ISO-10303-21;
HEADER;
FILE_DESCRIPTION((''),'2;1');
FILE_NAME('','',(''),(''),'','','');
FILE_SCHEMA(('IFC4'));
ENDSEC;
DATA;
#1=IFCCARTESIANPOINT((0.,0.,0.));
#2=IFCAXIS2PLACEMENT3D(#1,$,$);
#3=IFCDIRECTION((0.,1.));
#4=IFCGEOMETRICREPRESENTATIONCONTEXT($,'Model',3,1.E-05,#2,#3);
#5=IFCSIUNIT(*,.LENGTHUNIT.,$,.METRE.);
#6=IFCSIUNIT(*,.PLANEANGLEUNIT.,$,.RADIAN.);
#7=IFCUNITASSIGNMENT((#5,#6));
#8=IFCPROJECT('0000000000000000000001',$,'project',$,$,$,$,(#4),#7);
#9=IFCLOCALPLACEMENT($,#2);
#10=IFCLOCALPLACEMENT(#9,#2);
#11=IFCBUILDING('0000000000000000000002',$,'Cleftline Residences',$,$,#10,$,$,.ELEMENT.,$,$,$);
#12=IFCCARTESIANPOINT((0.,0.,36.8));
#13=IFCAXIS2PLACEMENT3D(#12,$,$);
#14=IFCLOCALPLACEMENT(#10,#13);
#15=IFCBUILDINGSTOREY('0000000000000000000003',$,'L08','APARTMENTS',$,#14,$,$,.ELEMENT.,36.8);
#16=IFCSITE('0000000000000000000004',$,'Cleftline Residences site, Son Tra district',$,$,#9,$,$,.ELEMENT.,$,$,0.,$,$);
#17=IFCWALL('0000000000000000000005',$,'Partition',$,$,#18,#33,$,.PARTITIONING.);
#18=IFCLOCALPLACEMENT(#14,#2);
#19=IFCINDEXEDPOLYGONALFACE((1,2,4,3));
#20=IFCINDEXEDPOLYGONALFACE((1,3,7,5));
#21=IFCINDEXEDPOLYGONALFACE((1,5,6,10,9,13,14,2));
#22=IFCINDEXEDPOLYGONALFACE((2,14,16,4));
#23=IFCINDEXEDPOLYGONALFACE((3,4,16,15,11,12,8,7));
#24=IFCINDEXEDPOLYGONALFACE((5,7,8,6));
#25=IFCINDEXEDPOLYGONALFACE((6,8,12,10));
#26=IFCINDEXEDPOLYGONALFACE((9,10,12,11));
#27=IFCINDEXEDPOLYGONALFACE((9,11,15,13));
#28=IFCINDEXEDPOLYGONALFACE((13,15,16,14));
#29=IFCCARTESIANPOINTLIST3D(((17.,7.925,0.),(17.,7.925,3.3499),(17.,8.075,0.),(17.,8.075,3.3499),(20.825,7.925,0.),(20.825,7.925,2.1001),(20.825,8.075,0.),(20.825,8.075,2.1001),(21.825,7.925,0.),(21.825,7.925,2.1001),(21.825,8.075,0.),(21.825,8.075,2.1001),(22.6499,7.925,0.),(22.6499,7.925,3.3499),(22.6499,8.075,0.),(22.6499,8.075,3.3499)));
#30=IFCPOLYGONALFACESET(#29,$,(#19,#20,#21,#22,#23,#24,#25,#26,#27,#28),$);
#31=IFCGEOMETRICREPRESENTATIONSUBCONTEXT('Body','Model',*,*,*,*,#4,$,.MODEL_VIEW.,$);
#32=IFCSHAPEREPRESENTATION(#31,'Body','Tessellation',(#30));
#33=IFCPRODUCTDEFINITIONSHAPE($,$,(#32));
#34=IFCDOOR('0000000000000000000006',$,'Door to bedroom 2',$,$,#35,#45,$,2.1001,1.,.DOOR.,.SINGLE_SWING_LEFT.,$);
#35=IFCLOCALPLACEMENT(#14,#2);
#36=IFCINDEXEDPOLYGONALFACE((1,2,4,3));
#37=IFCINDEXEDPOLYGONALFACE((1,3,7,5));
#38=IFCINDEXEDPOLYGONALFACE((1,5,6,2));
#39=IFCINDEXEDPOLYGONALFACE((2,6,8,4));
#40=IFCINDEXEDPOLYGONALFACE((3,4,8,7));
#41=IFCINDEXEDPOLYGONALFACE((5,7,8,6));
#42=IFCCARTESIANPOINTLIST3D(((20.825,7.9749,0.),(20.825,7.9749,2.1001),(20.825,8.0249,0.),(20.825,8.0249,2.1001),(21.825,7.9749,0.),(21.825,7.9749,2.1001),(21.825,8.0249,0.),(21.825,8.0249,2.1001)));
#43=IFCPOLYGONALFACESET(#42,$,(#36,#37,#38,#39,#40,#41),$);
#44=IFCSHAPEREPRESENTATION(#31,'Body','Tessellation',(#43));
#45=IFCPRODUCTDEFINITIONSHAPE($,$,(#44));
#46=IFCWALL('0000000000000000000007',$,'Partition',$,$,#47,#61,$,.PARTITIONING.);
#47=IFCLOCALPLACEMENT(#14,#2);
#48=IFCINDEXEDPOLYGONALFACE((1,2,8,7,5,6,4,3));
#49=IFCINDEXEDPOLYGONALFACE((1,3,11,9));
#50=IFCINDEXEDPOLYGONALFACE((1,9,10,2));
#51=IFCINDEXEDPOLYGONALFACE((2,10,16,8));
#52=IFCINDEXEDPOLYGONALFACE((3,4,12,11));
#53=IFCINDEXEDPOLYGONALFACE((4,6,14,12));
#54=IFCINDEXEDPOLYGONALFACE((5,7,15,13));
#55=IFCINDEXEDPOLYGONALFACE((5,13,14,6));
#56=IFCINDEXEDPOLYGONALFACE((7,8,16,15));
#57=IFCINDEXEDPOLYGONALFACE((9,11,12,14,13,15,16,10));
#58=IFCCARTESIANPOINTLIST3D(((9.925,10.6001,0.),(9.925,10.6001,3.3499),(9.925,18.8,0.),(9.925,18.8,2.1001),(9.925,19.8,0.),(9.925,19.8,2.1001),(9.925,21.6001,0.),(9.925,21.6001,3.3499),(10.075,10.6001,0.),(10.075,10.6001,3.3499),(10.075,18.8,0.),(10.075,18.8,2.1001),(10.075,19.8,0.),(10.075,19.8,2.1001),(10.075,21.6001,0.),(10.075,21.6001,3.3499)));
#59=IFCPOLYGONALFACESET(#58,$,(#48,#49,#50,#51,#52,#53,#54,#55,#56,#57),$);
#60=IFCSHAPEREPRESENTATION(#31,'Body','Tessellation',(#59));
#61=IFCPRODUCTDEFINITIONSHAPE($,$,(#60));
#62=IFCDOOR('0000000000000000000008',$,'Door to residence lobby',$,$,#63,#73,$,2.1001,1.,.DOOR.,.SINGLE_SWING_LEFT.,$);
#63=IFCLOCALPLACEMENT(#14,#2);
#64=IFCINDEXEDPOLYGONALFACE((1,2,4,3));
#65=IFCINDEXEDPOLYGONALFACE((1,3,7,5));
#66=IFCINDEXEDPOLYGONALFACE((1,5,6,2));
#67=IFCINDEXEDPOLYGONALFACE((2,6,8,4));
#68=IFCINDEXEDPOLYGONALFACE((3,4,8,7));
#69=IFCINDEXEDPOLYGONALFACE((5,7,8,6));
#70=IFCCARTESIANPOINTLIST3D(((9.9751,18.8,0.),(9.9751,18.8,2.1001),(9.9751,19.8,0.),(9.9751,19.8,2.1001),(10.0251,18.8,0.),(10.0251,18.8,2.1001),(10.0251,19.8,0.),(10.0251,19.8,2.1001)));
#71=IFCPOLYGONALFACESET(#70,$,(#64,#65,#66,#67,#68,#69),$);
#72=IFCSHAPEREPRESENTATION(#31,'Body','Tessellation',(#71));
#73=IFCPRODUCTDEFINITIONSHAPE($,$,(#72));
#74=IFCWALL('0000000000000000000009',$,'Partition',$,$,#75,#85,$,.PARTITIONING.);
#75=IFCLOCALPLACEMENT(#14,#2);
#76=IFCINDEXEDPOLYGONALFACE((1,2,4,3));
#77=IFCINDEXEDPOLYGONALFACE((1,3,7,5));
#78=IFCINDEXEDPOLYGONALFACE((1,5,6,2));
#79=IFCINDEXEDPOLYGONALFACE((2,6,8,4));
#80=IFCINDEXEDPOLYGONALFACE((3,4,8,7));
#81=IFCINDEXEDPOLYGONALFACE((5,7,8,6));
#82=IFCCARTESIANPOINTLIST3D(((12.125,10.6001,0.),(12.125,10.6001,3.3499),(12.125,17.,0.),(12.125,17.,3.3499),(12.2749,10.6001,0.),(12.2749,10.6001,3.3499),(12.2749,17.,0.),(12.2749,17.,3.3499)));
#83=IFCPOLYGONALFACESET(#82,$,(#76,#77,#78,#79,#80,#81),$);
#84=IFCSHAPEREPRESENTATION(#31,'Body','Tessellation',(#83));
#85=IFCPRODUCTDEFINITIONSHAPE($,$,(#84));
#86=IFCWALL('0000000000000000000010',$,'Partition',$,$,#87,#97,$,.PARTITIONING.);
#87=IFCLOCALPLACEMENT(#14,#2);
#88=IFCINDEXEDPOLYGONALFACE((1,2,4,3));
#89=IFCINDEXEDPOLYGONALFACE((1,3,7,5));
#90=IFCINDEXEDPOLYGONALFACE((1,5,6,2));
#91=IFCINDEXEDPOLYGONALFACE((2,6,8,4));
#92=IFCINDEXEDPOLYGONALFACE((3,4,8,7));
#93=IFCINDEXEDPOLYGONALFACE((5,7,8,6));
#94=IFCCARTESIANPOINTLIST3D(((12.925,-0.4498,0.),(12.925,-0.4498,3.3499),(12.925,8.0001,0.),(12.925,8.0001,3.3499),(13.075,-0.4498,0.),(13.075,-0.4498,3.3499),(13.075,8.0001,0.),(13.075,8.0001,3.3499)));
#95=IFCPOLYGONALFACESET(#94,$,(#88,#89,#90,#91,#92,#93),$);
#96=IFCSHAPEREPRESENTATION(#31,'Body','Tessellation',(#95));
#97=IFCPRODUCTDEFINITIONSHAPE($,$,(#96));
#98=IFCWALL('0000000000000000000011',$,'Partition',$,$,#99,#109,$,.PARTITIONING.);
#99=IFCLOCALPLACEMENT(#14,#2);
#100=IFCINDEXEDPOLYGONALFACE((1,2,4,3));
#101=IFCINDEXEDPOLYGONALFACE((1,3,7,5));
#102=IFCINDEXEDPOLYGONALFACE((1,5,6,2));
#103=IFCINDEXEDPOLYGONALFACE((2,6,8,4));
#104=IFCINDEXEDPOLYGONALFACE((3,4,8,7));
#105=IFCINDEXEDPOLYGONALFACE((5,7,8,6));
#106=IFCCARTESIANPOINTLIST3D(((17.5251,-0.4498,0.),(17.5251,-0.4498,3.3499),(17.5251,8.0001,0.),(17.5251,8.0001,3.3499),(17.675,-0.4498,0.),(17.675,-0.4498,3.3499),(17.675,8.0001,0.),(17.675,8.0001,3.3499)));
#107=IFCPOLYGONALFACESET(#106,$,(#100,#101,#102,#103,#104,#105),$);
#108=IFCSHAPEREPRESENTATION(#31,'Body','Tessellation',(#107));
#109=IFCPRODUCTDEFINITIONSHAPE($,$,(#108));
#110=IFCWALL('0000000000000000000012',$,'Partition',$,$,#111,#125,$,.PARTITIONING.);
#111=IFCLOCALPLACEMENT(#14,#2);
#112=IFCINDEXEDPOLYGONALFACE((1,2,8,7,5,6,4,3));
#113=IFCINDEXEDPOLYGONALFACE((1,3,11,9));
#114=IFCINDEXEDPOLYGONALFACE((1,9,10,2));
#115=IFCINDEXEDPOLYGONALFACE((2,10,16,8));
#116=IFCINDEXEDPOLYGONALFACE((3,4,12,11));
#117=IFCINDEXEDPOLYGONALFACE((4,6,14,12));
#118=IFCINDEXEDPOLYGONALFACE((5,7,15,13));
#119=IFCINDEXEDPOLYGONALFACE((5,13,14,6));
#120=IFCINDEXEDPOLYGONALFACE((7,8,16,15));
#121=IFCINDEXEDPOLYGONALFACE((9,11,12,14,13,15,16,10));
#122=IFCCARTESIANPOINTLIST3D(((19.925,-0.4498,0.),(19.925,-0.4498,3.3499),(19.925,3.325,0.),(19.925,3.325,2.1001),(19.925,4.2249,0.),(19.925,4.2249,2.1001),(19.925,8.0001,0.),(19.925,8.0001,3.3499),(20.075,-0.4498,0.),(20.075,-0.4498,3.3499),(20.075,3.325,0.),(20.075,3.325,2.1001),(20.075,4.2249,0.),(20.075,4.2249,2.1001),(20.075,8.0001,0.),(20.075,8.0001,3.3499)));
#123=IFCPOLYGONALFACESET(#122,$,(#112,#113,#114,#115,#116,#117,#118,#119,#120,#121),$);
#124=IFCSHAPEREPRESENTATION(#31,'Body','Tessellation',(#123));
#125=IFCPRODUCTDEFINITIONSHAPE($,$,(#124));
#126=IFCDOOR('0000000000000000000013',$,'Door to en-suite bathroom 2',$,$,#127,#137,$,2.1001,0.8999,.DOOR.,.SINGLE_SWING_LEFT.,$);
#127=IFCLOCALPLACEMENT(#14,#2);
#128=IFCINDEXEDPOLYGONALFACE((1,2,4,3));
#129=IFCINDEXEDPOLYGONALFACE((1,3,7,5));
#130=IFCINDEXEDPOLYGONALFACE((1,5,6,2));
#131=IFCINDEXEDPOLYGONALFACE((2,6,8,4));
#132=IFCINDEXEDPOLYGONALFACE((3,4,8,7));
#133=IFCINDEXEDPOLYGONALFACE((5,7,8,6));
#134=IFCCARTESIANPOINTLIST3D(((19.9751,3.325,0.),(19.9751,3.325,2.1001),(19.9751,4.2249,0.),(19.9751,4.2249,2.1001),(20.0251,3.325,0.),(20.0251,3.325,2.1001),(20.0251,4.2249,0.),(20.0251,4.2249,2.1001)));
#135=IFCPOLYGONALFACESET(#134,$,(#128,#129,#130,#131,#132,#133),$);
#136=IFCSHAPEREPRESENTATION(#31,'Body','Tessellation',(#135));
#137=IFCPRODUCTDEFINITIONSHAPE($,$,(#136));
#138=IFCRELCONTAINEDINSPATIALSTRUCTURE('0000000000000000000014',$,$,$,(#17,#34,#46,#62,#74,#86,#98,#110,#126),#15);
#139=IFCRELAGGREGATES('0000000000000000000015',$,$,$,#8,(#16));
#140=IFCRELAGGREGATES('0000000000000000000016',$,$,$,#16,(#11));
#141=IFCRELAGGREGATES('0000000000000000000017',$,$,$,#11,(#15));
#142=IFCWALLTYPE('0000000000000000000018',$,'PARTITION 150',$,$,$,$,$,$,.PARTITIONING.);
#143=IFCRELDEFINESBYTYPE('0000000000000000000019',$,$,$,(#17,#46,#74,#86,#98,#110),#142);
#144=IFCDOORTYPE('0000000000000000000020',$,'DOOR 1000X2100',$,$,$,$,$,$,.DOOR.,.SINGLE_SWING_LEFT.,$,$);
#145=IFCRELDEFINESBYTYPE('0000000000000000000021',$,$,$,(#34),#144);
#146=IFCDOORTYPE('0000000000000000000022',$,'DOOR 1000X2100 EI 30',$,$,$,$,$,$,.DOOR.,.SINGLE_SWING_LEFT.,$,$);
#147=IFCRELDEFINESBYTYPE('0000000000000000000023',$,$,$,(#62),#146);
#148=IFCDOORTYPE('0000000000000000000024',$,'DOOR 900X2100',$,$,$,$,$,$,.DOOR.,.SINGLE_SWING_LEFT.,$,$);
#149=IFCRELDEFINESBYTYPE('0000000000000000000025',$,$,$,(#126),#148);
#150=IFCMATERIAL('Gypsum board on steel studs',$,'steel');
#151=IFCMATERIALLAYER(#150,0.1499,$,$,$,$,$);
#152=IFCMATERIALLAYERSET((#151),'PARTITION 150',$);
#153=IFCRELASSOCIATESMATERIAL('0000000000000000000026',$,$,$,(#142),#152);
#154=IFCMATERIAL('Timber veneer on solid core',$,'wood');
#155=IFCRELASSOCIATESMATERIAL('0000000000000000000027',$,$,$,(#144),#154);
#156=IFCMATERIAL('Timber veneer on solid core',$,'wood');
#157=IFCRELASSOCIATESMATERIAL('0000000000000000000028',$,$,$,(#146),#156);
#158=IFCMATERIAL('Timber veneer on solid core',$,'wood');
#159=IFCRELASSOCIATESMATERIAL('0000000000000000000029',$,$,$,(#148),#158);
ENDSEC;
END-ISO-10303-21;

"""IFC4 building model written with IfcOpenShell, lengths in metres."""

from ifc_helpers import new_model, si_unit, direction, frame, frame_2d, origin, place, context, subcontext, project, spatial, rectangle, extrude, material, layer, layer_set, type_object, element, fill, save


model = new_model("IFC4")

# Units and contexts
model_context = context("Model", 3, precision=1e-05, world=origin(), true_north=direction((0.0, 1.0)))
body_context = subcontext(model_context, "Body", "Model", "MODEL_VIEW")
ifc_project = project(units=[si_unit("LENGTHUNIT", "METRE"), si_unit("PLANEANGLEUNIT", "RADIAN")], contexts=[model_context])

# Site, building, storey
site_placement = place(None, origin())
site = spatial("IfcSite", under=ifc_project, at=site_placement, Name="Cleftline Residences site, Son Tra district", CompositionType="ELEMENT", RefElevation=0.0)
building_placement = place(site_placement, origin())
building = spatial("IfcBuilding", under=site, at=building_placement, Name="Cleftline Residences", CompositionType="ELEMENT")
storey_placement = place(building_placement, frame((0.0, 0.0, 36.8)))
storey = spatial("IfcBuildingStorey", under=building, at=storey_placement, Name="L08", Description="APARTMENTS", CompositionType="ELEMENT", Elevation=36.8)

# Shared definitions
ifc_material_1 = material(Name="Gypsum board on steel studs", Category="steel")
ifc_layer_1 = layer(ifc_material_1, 0.1499)
ifc_layer_set_1 = layer_set([ifc_layer_1], Name="PARTITION 150")
wall_type = type_object("IfcWallType", Name="PARTITION 150", PredefinedType="PARTITIONING", material=ifc_layer_set_1)
ifc_material_2 = material(Name="Timber veneer on solid core", Category="wood")
door_type_1 = type_object("IfcDoorType", Name="DOOR 1000X2100", OperationType="SINGLE_SWING_LEFT", PredefinedType="DOOR", material=ifc_material_2)

# Walls, openings, doors
wall_1_placement = place(storey_placement, frame((17.0, 8.0, 0.0), z_axis=(0.0, 0.0, 1.0), x_axis=(1.0, 0.0, 0.0)))
wall_1 = element("IfcWall", 1, at=wall_1_placement, inside=storey, type_object=wall_type, Name="Partition", PredefinedType="PARTITIONING", context=body_context, shape_type="SweptSolid", body=[
    extrude(rectangle(XDim=5.6499, YDim=0.1499, at=frame_2d((2.825, 0.0))), origin(), (0.0, 0.0, 1.0), 3.3499),
])
opening_1_placement = place(wall_1_placement, frame((3.825, 0.0, 0.0)))
opening_1 = element("IfcOpeningElement", 2, at=opening_1_placement, cuts=wall_1, PredefinedType="OPENING", context=body_context, shape_type="SweptSolid", body=[
    extrude(rectangle(XDim=1.0, YDim=2.1001, at=frame_2d((0.5, 1.05))), frame((0.0, 0.085, 0.0), z_axis=(0.0, -1.0, 0.0), x_axis=(1.0, 0.0, 0.0)), (0.0, 0.0, 1.0), 0.1699),
])
door_1_placement = place(opening_1_placement, origin())
door_1 = element("IfcDoor", 3, at=door_1_placement, inside=storey, type_object=door_type_1, Name="Door to bedroom 2", OperationType="SINGLE_SWING_LEFT", OverallHeight=2.1001, OverallWidth=1.0, PredefinedType="DOOR", context=body_context, shape_type="SweptSolid", body=[
    extrude(rectangle(XDim=1.0, YDim=2.1001, at=frame_2d((0.5, 1.05))), frame((0.0, 0.0249, 0.0), z_axis=(0.0, -1.0, 0.0), x_axis=(1.0, 0.0, 0.0)), (0.0, 0.0, 1.0), 0.05),
])
fill(opening_1, door_1)
wall_2_placement = place(storey_placement, frame((10.0, 10.6001, 0.0), z_axis=(0.0, 0.0, 1.0), x_axis=(0.0, 1.0, 0.0)))
wall_2 = element("IfcWall", 4, at=wall_2_placement, inside=storey, type_object=wall_type, Name="Partition", PredefinedType="PARTITIONING", context=body_context, shape_type="SweptSolid", body=[
    extrude(rectangle(XDim=11.0, YDim=0.1499, at=frame_2d((5.5, 0.0))), origin(), (0.0, 0.0, 1.0), 3.3499),
])
opening_2_placement = place(wall_2_placement, frame((8.2, 0.0, 0.0)))
opening_2 = element("IfcOpeningElement", 5, at=opening_2_placement, cuts=wall_2, PredefinedType="OPENING", context=body_context, shape_type="SweptSolid", body=[
    extrude(rectangle(XDim=1.0, YDim=2.1001, at=frame_2d((0.5, 1.05))), frame((0.0, 0.085, 0.0), z_axis=(0.0, -1.0, 0.0), x_axis=(1.0, 0.0, 0.0)), (0.0, 0.0, 1.0), 0.1699),
])
ifc_material_3 = material(Name="Timber veneer on solid core", Category="wood")
door_type_2 = type_object("IfcDoorType", Name="DOOR 1000X2100 EI 30", OperationType="SINGLE_SWING_LEFT", PredefinedType="DOOR", material=ifc_material_3)
door_2_placement = place(opening_2_placement, origin())
door_2 = element("IfcDoor", 6, at=door_2_placement, inside=storey, type_object=door_type_2, Name="Door to residence lobby", OperationType="SINGLE_SWING_LEFT", OverallHeight=2.1001, OverallWidth=1.0, PredefinedType="DOOR", context=body_context, shape_type="SweptSolid", body=[
    extrude(rectangle(XDim=1.0, YDim=2.1001, at=frame_2d((0.5, 1.05))), frame((0.0, 0.0249, 0.0), z_axis=(0.0, -1.0, 0.0), x_axis=(1.0, 0.0, 0.0)), (0.0, 0.0, 1.0), 0.05),
])
fill(opening_2, door_2)

# Walls
wall_3_placement = place(storey_placement, frame((12.2, 10.6001, 0.0), z_axis=(0.0, 0.0, 1.0), x_axis=(0.0, 1.0, 0.0)))
element("IfcWall", 7, at=wall_3_placement, inside=storey, type_object=wall_type, Name="Partition", PredefinedType="PARTITIONING", context=body_context, shape_type="SweptSolid", body=[
    extrude(rectangle(XDim=6.3999, YDim=0.1499, at=frame_2d((3.2, 0.0))), origin(), (0.0, 0.0, 1.0), 3.3499),
])
for number, where, z_axis, x_axis, name in (
    (8, (13.0, -0.45, 0.0), (0.0, 0.0, 1.0), (0.0, 1.0, 0.0), "Partition"),
    (9, (17.6001, -0.45, 0.0), (0.0, 0.0, 1.0), (0.0, 1.0, 0.0), "Partition"),
):
    element("IfcWall", number, at=place(storey_placement, frame(where, z_axis=z_axis, x_axis=x_axis)), inside=storey, type_object=wall_type, Name=name, PredefinedType="PARTITIONING", context=body_context, shape_type="SweptSolid", body=[
        extrude(rectangle(XDim=8.45, YDim=0.1499, at=frame_2d((4.2251, 0.0))), origin(), (0.0, 0.0, 1.0), 3.3499),
    ])

# Wall, opening, door
wall_4_placement = place(storey_placement, frame((20.0, -0.45, 0.0), z_axis=(0.0, 0.0, 1.0), x_axis=(0.0, 1.0, 0.0)))
wall_4 = element("IfcWall", 10, at=wall_4_placement, inside=storey, type_object=wall_type, Name="Partition", PredefinedType="PARTITIONING", context=body_context, shape_type="SweptSolid", body=[
    extrude(rectangle(XDim=8.45, YDim=0.1499, at=frame_2d((4.2251, 0.0))), origin(), (0.0, 0.0, 1.0), 3.3499),
])
opening_3_placement = place(wall_4_placement, frame((3.7749, 0.0, 0.0)))
opening_3 = element("IfcOpeningElement", 11, at=opening_3_placement, cuts=wall_4, PredefinedType="OPENING", context=body_context, shape_type="SweptSolid", body=[
    extrude(rectangle(XDim=0.8999, YDim=2.1001, at=frame_2d((0.45, 1.05))), frame((0.0, 0.085, 0.0), z_axis=(0.0, -1.0, 0.0), x_axis=(1.0, 0.0, 0.0)), (0.0, 0.0, 1.0), 0.1699),
])
ifc_material_4 = material(Name="Timber veneer on solid core", Category="wood")
door_type_3 = type_object("IfcDoorType", Name="DOOR 900X2100", OperationType="SINGLE_SWING_LEFT", PredefinedType="DOOR", material=ifc_material_4)
door_3_placement = place(opening_3_placement, origin())
door_3 = element("IfcDoor", 12, at=door_3_placement, inside=storey, type_object=door_type_3, Name="Door to en-suite bathroom 2", OperationType="SINGLE_SWING_LEFT", OverallHeight=2.1001, OverallWidth=0.8999, PredefinedType="DOOR", context=body_context, shape_type="SweptSolid", body=[
    extrude(rectangle(XDim=0.8999, YDim=2.1001, at=frame_2d((0.45, 1.05))), frame((0.0, 0.0249, 0.0), z_axis=(0.0, -1.0, 0.0), x_axis=(1.0, 0.0, 0.0)), (0.0, 0.0, 1.0), 0.05),
])
fill(opening_3, door_3)

save(model, "model.ifc")
